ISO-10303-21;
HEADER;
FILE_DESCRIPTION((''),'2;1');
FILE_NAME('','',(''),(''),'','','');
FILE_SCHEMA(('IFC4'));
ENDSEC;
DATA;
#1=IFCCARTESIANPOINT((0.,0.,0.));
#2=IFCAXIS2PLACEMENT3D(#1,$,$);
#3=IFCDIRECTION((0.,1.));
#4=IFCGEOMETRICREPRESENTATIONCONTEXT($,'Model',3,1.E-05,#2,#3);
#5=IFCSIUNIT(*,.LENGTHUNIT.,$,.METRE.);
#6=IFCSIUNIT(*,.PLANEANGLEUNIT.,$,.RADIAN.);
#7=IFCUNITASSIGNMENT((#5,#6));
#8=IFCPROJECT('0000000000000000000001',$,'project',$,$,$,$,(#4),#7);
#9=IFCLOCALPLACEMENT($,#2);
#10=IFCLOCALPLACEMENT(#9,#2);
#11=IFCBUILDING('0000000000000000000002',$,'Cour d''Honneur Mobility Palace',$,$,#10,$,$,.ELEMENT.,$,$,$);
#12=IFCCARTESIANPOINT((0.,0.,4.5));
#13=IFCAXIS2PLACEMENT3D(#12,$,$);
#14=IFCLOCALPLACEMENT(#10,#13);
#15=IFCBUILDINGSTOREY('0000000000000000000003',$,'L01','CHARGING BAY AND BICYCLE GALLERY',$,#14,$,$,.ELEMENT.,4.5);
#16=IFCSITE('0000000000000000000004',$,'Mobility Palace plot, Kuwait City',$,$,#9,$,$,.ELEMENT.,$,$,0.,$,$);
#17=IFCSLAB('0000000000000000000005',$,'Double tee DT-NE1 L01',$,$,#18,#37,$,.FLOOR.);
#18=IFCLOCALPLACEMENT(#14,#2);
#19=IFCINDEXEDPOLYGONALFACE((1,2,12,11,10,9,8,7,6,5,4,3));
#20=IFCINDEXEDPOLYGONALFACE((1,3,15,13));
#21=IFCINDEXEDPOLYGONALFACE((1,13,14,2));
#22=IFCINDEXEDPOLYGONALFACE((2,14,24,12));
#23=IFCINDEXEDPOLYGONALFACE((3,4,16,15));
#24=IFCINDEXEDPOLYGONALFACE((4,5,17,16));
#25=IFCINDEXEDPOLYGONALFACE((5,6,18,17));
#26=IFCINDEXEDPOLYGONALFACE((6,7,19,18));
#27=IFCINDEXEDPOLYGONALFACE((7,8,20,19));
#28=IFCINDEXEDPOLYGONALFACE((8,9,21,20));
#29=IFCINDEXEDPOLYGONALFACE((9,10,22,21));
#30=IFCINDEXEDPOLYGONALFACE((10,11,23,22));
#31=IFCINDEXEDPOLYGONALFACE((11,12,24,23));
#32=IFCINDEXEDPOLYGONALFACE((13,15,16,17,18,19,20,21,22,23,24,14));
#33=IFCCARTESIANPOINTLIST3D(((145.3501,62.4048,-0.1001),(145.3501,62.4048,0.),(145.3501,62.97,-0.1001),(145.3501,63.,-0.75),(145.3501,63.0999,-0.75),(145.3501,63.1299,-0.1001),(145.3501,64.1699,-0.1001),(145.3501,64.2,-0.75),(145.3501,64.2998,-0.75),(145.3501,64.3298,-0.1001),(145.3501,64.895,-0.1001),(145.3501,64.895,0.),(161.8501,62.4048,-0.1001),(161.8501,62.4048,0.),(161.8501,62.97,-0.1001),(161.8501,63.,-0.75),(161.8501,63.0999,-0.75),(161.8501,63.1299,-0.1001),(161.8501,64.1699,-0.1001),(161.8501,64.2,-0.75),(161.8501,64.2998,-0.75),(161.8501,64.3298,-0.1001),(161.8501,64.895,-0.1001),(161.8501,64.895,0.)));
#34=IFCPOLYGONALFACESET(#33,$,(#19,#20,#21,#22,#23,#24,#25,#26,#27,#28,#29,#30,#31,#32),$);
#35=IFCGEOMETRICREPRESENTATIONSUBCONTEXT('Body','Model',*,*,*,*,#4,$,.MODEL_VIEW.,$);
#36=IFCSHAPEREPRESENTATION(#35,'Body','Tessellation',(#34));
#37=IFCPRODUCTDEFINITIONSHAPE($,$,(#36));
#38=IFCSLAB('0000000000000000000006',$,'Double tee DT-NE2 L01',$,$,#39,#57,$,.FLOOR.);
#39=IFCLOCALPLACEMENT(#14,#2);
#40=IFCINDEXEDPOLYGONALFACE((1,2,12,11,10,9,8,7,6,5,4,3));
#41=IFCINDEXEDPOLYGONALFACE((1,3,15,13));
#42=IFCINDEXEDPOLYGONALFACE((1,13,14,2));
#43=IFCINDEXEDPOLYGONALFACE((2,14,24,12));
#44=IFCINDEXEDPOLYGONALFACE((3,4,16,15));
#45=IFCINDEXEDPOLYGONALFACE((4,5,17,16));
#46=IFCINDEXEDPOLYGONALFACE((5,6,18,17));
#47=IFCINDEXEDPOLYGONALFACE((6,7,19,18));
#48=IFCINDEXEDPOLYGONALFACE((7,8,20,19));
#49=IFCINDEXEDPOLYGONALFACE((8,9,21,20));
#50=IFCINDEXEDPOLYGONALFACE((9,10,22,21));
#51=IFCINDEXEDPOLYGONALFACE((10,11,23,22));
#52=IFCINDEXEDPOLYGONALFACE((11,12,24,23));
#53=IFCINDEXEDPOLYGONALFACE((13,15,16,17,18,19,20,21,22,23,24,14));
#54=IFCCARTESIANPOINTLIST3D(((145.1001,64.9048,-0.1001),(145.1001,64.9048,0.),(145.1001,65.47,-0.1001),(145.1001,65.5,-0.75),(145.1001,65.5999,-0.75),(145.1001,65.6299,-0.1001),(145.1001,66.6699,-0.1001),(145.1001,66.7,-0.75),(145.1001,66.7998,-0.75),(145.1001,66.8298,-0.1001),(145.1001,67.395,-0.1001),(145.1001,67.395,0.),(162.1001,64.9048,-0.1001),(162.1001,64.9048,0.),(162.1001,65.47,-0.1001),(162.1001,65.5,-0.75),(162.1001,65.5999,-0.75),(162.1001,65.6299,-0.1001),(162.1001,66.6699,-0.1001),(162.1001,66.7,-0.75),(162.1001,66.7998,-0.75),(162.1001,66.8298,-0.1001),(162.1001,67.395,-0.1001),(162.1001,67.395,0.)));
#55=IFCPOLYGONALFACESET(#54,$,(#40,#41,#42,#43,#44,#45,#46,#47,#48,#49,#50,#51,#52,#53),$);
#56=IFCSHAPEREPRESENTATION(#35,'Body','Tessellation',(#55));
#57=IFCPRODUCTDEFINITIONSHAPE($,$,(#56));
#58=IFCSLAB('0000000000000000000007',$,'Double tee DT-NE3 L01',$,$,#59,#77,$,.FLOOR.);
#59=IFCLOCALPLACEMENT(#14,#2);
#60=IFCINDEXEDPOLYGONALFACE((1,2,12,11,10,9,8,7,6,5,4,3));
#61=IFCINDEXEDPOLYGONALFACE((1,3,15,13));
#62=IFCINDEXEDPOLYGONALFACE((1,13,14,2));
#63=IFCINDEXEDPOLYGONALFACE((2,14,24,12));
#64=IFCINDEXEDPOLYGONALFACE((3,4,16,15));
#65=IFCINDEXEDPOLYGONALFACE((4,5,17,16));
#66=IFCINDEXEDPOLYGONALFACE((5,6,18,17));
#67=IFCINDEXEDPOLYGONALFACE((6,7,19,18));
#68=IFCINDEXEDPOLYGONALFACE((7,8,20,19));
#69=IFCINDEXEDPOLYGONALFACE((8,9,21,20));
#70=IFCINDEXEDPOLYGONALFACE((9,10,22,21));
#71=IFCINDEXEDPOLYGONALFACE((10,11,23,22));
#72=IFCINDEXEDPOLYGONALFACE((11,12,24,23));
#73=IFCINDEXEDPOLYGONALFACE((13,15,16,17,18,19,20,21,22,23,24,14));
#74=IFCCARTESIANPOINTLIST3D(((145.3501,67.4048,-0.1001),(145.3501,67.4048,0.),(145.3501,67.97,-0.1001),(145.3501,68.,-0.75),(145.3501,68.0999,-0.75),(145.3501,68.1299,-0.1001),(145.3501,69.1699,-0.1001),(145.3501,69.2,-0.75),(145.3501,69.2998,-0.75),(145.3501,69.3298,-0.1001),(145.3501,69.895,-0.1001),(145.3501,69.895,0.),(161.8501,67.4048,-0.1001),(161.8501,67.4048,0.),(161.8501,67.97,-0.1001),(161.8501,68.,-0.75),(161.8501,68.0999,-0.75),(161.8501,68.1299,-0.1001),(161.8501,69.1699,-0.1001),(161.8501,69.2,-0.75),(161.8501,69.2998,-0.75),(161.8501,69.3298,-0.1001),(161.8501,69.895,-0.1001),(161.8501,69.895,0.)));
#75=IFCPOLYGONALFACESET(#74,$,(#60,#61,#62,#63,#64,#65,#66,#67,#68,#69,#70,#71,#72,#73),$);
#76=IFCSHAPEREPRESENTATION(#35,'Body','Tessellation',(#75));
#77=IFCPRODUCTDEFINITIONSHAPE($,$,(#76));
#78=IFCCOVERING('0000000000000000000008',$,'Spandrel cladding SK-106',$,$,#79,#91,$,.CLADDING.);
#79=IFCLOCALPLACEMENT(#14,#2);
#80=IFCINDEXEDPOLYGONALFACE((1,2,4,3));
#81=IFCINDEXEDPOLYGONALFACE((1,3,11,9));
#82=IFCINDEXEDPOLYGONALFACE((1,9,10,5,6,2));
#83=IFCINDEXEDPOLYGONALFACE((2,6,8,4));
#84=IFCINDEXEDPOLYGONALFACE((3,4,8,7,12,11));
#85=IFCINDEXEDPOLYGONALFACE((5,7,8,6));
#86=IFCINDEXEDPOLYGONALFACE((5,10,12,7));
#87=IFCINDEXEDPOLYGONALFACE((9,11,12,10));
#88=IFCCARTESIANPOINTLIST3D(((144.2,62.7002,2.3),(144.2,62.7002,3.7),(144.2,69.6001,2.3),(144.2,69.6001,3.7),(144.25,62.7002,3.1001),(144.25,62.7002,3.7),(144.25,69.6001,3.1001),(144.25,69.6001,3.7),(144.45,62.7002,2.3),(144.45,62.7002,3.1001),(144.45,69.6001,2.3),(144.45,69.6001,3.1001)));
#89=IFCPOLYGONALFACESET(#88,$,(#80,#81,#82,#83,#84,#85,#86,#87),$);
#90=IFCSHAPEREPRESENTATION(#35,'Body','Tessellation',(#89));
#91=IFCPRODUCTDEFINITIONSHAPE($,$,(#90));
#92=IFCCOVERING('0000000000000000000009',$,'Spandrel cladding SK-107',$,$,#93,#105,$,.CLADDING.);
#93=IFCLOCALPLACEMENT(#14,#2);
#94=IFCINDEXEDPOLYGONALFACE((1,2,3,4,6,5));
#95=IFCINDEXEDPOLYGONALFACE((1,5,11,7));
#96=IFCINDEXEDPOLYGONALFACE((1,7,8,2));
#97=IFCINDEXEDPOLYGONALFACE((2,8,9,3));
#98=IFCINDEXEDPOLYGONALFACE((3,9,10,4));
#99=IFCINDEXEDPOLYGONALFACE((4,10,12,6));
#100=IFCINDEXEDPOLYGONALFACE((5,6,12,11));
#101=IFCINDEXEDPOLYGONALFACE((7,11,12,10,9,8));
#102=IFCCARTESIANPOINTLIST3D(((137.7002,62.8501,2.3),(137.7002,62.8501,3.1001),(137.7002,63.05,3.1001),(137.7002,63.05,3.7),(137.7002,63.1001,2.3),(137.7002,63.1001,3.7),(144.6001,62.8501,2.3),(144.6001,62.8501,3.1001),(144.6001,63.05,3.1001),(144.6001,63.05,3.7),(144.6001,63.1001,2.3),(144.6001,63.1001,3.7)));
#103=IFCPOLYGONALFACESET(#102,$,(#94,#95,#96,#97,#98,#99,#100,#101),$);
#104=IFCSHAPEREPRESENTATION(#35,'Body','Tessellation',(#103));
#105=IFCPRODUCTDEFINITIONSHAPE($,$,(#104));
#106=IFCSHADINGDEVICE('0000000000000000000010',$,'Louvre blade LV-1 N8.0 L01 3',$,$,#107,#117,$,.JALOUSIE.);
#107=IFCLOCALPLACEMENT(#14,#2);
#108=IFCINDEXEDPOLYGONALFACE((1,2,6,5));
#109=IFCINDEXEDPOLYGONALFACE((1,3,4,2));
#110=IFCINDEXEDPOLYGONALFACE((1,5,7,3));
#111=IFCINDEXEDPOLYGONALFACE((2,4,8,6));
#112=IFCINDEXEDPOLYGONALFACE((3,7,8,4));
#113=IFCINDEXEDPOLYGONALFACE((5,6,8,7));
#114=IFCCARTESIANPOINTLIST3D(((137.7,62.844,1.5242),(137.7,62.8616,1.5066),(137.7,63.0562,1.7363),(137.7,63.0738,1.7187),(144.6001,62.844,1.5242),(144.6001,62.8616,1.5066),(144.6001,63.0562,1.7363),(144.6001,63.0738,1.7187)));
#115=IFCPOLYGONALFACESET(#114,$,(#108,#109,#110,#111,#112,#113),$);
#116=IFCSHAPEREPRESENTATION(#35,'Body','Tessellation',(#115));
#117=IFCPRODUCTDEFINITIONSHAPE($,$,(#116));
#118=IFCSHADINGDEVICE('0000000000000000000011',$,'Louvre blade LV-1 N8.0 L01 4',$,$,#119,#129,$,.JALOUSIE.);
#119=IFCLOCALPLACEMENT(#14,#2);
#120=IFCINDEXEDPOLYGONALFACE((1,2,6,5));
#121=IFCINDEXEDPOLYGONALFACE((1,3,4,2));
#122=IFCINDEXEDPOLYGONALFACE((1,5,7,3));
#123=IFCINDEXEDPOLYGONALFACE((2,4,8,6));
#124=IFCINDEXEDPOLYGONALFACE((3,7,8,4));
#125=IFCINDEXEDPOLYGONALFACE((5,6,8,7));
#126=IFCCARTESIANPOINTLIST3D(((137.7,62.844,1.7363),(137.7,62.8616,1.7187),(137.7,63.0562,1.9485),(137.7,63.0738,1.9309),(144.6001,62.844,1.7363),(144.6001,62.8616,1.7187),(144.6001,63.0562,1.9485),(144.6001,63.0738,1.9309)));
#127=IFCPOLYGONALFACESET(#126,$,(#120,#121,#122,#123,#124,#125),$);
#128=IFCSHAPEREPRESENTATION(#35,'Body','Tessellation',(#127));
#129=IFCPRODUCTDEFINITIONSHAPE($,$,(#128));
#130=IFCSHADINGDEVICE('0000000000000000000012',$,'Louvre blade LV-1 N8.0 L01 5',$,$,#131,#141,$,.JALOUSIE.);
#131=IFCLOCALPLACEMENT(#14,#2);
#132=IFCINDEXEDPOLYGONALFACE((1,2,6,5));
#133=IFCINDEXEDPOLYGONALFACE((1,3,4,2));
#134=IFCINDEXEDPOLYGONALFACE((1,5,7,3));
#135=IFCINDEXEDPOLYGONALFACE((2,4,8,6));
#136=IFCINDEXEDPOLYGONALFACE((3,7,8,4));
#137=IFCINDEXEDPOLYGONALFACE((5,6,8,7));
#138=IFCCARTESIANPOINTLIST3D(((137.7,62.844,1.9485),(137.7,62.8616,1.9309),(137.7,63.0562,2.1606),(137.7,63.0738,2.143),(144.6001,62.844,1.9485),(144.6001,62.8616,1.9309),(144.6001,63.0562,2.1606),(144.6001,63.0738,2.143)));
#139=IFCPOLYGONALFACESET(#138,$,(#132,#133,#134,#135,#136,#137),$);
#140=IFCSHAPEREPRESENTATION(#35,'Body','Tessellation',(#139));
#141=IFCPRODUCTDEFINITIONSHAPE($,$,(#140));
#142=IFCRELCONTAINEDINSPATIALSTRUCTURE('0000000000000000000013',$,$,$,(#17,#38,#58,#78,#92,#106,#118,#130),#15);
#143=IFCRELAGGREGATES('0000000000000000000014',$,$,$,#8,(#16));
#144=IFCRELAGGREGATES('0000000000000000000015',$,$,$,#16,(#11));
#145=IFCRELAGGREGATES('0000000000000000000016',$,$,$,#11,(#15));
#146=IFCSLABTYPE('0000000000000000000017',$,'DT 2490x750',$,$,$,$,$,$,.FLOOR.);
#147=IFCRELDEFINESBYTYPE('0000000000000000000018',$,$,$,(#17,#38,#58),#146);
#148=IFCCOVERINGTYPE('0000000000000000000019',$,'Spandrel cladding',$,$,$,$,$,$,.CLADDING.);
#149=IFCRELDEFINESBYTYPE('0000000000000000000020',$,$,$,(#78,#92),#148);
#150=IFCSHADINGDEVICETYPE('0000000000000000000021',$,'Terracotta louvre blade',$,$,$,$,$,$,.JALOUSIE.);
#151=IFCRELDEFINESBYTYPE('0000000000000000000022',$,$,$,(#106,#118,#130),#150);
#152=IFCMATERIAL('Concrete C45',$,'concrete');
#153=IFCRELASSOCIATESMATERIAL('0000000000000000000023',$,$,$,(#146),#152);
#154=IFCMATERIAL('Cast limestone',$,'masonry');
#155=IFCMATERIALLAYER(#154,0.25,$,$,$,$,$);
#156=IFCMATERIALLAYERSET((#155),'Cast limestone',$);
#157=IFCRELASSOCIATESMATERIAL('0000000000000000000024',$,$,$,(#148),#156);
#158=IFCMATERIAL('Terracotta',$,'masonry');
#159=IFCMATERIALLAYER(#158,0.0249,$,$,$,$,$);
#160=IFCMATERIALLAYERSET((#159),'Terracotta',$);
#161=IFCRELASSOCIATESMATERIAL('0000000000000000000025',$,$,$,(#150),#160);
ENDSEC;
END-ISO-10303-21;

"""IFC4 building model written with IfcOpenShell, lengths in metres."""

from ifc_helpers import new_model, si_unit, direction, frame, origin, place, context, subcontext, project, spatial, polyline, outline, extrude, material, layer, layer_set, material_profile, profile_set, type_object, element, save


model = new_model("IFC4")

# Units and contexts
model_context = context("Model", 3, precision=1e-05, world=origin(), true_north=direction((0.0, 1.0)))
body_context = subcontext(model_context, "Body", "Model", "MODEL_VIEW")
ifc_project = project(units=[si_unit("LENGTHUNIT", "METRE"), si_unit("PLANEANGLEUNIT", "RADIAN")], contexts=[model_context])

# Site, building, storey
site_placement = place(None, origin())
site = spatial("IfcSite", under=ifc_project, at=site_placement, Name="Mobility Palace plot, Kuwait City", CompositionType="ELEMENT", RefElevation=0.0)
building_placement = place(site_placement, origin())
building = spatial("IfcBuilding", under=site, at=building_placement, Name="Cour d'Honneur Mobility Palace", CompositionType="ELEMENT")
storey_placement = place(building_placement, frame((0.0, 0.0, 4.5)))
storey = spatial("IfcBuildingStorey", under=building, at=storey_placement, Name="L01", Description="CHARGING BAY AND BICYCLE GALLERY", CompositionType="ELEMENT", Elevation=4.5)

# Slabs
ifc_material_1 = material(Name="Concrete C45", Category="concrete")
ifc_material_profile_1 = material_profile(ifc_material_1, outline(polyline([(-1.2451, 0.0), (1.2451, 0.0), (1.2451, -0.1001), (0.6799, -0.1001), (0.6499, -0.75), (0.55, -0.75), (0.52, -0.1001), (-0.52, -0.1001), (-0.55, -0.75), (-0.6499, -0.75), (-0.6799, -0.1001), (-1.2451, -0.1001), (-1.2451, 0.0)])), Name="DT 2490x750")
ifc_profile_set_1 = profile_set([ifc_material_profile_1], Name="Concrete C45")
slab_type = type_object("IfcSlabType", Name="DT 2490x750", PredefinedType="FLOOR", material=ifc_profile_set_1)
slab_1_placement = place(storey_placement, frame((145.3501, 63.6499, 0.0), z_axis=(1.0, 0.0, 0.0), x_axis=(0.0, 1.0, 0.0)))
element("IfcSlab", 1, at=slab_1_placement, inside=storey, type_object=slab_type, Name="Double tee DT-NE1 L01", PredefinedType="FLOOR", context=body_context, shape_type="SweptSolid", body=[
    extrude(outline(polyline([(-1.2451, 0.0), (1.2451, 0.0), (1.2451, -0.1001), (0.6799, -0.1001), (0.6499, -0.75), (0.55, -0.75), (0.52, -0.1001), (-0.52, -0.1001), (-0.55, -0.75), (-0.6499, -0.75), (-0.6799, -0.1001), (-1.2451, -0.1001), (-1.2451, 0.0)])), origin(), (0.0, 0.0, 1.0), 16.5),
])
slab_2_placement = place(storey_placement, frame((145.1001, 66.1499, 0.0), z_axis=(1.0, 0.0, 0.0), x_axis=(0.0, 1.0, 0.0)))
element("IfcSlab", 2, at=slab_2_placement, inside=storey, type_object=slab_type, Name="Double tee DT-NE2 L01", PredefinedType="FLOOR", context=body_context, shape_type="SweptSolid", body=[
    extrude(outline(polyline([(-1.2451, 0.0), (1.2451, 0.0), (1.2451, -0.1001), (0.6799, -0.1001), (0.6499, -0.75), (0.55, -0.75), (0.52, -0.1001), (-0.52, -0.1001), (-0.55, -0.75), (-0.6499, -0.75), (-0.6799, -0.1001), (-1.2451, -0.1001), (-1.2451, 0.0)])), origin(), (0.0, 0.0, 1.0), 17.0),
])
slab_3_placement = place(storey_placement, frame((145.3501, 68.6499, 0.0), z_axis=(1.0, 0.0, 0.0), x_axis=(0.0, 1.0, 0.0)))
element("IfcSlab", 3, at=slab_3_placement, inside=storey, type_object=slab_type, Name="Double tee DT-NE3 L01", PredefinedType="FLOOR", context=body_context, shape_type="SweptSolid", body=[
    extrude(outline(polyline([(-1.2451, 0.0), (1.2451, 0.0), (1.2451, -0.1001), (0.6799, -0.1001), (0.6499, -0.75), (0.55, -0.75), (0.52, -0.1001), (-0.52, -0.1001), (-0.55, -0.75), (-0.6499, -0.75), (-0.6799, -0.1001), (-1.2451, -0.1001), (-1.2451, 0.0)])), origin(), (0.0, 0.0, 1.0), 16.5),
])

# Coverings
ifc_material_2 = material(Name="Cast limestone", Category="masonry")
ifc_layer_1 = layer(ifc_material_2, 0.25)
ifc_layer_set_1 = layer_set([ifc_layer_1], Name="Cast limestone")
covering_type = type_object("IfcCoveringType", Name="Spandrel cladding", PredefinedType="CLADDING", material=ifc_layer_set_1)
for number, where, z_axis, x_axis, name in (
    (4, (144.45, 69.6001, 2.3), (0.0, 1.0, 0.0), (-1.0, 0.0, 0.0), "Spandrel cladding SK-106"),
    (5, (144.6001, 62.8501, 2.3), (1.0, 0.0, 0.0), (0.0, 1.0, 0.0), "Spandrel cladding SK-107"),
):
    element("IfcCovering", number, at=place(storey_placement, frame(where, z_axis=z_axis, x_axis=x_axis)), inside=storey, type_object=covering_type, Name=name, PredefinedType="CLADDING", context=body_context, shape_type="SweptSolid", body=[
        extrude(outline(polyline([(0.0, 0.0), (0.25, 0.0), (0.25, 1.3999), (0.2, 1.3999), (0.2, 0.8), (0.0, 0.8), (0.0, 0.0)])), origin(), (0.0, 0.0, -1.0), 6.8999),
    ])

# Shading devices
ifc_material_3 = material(Name="Terracotta", Category="masonry")
ifc_layer_2 = layer(ifc_material_3, 0.0249)
ifc_layer_set_2 = layer_set([ifc_layer_2], Name="Terracotta")
shading_device_type = type_object("IfcShadingDeviceType", Name="Terracotta louvre blade", PredefinedType="JALOUSIE", material=ifc_layer_set_2)
for number, where, z_axis, x_axis, name in (
    (6, (144.6001, 62.844, 1.5242), (0.0, -0.707107, 0.707107), (-1.0, 0.0, 0.0), "Louvre blade LV-1 N8.0 L01 3"),
    (7, (144.6001, 62.844, 1.7363), (0.0, -0.707107, 0.707107), (-1.0, 0.0, 0.0), "Louvre blade LV-1 N8.0 L01 4"),
    (8, (144.6001, 62.844, 1.9485), (0.0, -0.707107, 0.707107), (-1.0, 0.0, 0.0), "Louvre blade LV-1 N8.0 L01 5"),
):
    element("IfcShadingDevice", number, at=place(storey_placement, frame(where, z_axis=z_axis, x_axis=x_axis)), inside=storey, type_object=shading_device_type, Name=name, PredefinedType="JALOUSIE", context=body_context, shape_type="SweptSolid", body=[
        extrude(outline(polyline([(0.0, 0.0), (6.9001, 0.0), (6.9001, -0.3), (0.0, -0.3), (0.0, 0.0)])), origin(), (0.0, 0.0, -1.0), 0.0249),
    ])

save(model, "model.ifc")
